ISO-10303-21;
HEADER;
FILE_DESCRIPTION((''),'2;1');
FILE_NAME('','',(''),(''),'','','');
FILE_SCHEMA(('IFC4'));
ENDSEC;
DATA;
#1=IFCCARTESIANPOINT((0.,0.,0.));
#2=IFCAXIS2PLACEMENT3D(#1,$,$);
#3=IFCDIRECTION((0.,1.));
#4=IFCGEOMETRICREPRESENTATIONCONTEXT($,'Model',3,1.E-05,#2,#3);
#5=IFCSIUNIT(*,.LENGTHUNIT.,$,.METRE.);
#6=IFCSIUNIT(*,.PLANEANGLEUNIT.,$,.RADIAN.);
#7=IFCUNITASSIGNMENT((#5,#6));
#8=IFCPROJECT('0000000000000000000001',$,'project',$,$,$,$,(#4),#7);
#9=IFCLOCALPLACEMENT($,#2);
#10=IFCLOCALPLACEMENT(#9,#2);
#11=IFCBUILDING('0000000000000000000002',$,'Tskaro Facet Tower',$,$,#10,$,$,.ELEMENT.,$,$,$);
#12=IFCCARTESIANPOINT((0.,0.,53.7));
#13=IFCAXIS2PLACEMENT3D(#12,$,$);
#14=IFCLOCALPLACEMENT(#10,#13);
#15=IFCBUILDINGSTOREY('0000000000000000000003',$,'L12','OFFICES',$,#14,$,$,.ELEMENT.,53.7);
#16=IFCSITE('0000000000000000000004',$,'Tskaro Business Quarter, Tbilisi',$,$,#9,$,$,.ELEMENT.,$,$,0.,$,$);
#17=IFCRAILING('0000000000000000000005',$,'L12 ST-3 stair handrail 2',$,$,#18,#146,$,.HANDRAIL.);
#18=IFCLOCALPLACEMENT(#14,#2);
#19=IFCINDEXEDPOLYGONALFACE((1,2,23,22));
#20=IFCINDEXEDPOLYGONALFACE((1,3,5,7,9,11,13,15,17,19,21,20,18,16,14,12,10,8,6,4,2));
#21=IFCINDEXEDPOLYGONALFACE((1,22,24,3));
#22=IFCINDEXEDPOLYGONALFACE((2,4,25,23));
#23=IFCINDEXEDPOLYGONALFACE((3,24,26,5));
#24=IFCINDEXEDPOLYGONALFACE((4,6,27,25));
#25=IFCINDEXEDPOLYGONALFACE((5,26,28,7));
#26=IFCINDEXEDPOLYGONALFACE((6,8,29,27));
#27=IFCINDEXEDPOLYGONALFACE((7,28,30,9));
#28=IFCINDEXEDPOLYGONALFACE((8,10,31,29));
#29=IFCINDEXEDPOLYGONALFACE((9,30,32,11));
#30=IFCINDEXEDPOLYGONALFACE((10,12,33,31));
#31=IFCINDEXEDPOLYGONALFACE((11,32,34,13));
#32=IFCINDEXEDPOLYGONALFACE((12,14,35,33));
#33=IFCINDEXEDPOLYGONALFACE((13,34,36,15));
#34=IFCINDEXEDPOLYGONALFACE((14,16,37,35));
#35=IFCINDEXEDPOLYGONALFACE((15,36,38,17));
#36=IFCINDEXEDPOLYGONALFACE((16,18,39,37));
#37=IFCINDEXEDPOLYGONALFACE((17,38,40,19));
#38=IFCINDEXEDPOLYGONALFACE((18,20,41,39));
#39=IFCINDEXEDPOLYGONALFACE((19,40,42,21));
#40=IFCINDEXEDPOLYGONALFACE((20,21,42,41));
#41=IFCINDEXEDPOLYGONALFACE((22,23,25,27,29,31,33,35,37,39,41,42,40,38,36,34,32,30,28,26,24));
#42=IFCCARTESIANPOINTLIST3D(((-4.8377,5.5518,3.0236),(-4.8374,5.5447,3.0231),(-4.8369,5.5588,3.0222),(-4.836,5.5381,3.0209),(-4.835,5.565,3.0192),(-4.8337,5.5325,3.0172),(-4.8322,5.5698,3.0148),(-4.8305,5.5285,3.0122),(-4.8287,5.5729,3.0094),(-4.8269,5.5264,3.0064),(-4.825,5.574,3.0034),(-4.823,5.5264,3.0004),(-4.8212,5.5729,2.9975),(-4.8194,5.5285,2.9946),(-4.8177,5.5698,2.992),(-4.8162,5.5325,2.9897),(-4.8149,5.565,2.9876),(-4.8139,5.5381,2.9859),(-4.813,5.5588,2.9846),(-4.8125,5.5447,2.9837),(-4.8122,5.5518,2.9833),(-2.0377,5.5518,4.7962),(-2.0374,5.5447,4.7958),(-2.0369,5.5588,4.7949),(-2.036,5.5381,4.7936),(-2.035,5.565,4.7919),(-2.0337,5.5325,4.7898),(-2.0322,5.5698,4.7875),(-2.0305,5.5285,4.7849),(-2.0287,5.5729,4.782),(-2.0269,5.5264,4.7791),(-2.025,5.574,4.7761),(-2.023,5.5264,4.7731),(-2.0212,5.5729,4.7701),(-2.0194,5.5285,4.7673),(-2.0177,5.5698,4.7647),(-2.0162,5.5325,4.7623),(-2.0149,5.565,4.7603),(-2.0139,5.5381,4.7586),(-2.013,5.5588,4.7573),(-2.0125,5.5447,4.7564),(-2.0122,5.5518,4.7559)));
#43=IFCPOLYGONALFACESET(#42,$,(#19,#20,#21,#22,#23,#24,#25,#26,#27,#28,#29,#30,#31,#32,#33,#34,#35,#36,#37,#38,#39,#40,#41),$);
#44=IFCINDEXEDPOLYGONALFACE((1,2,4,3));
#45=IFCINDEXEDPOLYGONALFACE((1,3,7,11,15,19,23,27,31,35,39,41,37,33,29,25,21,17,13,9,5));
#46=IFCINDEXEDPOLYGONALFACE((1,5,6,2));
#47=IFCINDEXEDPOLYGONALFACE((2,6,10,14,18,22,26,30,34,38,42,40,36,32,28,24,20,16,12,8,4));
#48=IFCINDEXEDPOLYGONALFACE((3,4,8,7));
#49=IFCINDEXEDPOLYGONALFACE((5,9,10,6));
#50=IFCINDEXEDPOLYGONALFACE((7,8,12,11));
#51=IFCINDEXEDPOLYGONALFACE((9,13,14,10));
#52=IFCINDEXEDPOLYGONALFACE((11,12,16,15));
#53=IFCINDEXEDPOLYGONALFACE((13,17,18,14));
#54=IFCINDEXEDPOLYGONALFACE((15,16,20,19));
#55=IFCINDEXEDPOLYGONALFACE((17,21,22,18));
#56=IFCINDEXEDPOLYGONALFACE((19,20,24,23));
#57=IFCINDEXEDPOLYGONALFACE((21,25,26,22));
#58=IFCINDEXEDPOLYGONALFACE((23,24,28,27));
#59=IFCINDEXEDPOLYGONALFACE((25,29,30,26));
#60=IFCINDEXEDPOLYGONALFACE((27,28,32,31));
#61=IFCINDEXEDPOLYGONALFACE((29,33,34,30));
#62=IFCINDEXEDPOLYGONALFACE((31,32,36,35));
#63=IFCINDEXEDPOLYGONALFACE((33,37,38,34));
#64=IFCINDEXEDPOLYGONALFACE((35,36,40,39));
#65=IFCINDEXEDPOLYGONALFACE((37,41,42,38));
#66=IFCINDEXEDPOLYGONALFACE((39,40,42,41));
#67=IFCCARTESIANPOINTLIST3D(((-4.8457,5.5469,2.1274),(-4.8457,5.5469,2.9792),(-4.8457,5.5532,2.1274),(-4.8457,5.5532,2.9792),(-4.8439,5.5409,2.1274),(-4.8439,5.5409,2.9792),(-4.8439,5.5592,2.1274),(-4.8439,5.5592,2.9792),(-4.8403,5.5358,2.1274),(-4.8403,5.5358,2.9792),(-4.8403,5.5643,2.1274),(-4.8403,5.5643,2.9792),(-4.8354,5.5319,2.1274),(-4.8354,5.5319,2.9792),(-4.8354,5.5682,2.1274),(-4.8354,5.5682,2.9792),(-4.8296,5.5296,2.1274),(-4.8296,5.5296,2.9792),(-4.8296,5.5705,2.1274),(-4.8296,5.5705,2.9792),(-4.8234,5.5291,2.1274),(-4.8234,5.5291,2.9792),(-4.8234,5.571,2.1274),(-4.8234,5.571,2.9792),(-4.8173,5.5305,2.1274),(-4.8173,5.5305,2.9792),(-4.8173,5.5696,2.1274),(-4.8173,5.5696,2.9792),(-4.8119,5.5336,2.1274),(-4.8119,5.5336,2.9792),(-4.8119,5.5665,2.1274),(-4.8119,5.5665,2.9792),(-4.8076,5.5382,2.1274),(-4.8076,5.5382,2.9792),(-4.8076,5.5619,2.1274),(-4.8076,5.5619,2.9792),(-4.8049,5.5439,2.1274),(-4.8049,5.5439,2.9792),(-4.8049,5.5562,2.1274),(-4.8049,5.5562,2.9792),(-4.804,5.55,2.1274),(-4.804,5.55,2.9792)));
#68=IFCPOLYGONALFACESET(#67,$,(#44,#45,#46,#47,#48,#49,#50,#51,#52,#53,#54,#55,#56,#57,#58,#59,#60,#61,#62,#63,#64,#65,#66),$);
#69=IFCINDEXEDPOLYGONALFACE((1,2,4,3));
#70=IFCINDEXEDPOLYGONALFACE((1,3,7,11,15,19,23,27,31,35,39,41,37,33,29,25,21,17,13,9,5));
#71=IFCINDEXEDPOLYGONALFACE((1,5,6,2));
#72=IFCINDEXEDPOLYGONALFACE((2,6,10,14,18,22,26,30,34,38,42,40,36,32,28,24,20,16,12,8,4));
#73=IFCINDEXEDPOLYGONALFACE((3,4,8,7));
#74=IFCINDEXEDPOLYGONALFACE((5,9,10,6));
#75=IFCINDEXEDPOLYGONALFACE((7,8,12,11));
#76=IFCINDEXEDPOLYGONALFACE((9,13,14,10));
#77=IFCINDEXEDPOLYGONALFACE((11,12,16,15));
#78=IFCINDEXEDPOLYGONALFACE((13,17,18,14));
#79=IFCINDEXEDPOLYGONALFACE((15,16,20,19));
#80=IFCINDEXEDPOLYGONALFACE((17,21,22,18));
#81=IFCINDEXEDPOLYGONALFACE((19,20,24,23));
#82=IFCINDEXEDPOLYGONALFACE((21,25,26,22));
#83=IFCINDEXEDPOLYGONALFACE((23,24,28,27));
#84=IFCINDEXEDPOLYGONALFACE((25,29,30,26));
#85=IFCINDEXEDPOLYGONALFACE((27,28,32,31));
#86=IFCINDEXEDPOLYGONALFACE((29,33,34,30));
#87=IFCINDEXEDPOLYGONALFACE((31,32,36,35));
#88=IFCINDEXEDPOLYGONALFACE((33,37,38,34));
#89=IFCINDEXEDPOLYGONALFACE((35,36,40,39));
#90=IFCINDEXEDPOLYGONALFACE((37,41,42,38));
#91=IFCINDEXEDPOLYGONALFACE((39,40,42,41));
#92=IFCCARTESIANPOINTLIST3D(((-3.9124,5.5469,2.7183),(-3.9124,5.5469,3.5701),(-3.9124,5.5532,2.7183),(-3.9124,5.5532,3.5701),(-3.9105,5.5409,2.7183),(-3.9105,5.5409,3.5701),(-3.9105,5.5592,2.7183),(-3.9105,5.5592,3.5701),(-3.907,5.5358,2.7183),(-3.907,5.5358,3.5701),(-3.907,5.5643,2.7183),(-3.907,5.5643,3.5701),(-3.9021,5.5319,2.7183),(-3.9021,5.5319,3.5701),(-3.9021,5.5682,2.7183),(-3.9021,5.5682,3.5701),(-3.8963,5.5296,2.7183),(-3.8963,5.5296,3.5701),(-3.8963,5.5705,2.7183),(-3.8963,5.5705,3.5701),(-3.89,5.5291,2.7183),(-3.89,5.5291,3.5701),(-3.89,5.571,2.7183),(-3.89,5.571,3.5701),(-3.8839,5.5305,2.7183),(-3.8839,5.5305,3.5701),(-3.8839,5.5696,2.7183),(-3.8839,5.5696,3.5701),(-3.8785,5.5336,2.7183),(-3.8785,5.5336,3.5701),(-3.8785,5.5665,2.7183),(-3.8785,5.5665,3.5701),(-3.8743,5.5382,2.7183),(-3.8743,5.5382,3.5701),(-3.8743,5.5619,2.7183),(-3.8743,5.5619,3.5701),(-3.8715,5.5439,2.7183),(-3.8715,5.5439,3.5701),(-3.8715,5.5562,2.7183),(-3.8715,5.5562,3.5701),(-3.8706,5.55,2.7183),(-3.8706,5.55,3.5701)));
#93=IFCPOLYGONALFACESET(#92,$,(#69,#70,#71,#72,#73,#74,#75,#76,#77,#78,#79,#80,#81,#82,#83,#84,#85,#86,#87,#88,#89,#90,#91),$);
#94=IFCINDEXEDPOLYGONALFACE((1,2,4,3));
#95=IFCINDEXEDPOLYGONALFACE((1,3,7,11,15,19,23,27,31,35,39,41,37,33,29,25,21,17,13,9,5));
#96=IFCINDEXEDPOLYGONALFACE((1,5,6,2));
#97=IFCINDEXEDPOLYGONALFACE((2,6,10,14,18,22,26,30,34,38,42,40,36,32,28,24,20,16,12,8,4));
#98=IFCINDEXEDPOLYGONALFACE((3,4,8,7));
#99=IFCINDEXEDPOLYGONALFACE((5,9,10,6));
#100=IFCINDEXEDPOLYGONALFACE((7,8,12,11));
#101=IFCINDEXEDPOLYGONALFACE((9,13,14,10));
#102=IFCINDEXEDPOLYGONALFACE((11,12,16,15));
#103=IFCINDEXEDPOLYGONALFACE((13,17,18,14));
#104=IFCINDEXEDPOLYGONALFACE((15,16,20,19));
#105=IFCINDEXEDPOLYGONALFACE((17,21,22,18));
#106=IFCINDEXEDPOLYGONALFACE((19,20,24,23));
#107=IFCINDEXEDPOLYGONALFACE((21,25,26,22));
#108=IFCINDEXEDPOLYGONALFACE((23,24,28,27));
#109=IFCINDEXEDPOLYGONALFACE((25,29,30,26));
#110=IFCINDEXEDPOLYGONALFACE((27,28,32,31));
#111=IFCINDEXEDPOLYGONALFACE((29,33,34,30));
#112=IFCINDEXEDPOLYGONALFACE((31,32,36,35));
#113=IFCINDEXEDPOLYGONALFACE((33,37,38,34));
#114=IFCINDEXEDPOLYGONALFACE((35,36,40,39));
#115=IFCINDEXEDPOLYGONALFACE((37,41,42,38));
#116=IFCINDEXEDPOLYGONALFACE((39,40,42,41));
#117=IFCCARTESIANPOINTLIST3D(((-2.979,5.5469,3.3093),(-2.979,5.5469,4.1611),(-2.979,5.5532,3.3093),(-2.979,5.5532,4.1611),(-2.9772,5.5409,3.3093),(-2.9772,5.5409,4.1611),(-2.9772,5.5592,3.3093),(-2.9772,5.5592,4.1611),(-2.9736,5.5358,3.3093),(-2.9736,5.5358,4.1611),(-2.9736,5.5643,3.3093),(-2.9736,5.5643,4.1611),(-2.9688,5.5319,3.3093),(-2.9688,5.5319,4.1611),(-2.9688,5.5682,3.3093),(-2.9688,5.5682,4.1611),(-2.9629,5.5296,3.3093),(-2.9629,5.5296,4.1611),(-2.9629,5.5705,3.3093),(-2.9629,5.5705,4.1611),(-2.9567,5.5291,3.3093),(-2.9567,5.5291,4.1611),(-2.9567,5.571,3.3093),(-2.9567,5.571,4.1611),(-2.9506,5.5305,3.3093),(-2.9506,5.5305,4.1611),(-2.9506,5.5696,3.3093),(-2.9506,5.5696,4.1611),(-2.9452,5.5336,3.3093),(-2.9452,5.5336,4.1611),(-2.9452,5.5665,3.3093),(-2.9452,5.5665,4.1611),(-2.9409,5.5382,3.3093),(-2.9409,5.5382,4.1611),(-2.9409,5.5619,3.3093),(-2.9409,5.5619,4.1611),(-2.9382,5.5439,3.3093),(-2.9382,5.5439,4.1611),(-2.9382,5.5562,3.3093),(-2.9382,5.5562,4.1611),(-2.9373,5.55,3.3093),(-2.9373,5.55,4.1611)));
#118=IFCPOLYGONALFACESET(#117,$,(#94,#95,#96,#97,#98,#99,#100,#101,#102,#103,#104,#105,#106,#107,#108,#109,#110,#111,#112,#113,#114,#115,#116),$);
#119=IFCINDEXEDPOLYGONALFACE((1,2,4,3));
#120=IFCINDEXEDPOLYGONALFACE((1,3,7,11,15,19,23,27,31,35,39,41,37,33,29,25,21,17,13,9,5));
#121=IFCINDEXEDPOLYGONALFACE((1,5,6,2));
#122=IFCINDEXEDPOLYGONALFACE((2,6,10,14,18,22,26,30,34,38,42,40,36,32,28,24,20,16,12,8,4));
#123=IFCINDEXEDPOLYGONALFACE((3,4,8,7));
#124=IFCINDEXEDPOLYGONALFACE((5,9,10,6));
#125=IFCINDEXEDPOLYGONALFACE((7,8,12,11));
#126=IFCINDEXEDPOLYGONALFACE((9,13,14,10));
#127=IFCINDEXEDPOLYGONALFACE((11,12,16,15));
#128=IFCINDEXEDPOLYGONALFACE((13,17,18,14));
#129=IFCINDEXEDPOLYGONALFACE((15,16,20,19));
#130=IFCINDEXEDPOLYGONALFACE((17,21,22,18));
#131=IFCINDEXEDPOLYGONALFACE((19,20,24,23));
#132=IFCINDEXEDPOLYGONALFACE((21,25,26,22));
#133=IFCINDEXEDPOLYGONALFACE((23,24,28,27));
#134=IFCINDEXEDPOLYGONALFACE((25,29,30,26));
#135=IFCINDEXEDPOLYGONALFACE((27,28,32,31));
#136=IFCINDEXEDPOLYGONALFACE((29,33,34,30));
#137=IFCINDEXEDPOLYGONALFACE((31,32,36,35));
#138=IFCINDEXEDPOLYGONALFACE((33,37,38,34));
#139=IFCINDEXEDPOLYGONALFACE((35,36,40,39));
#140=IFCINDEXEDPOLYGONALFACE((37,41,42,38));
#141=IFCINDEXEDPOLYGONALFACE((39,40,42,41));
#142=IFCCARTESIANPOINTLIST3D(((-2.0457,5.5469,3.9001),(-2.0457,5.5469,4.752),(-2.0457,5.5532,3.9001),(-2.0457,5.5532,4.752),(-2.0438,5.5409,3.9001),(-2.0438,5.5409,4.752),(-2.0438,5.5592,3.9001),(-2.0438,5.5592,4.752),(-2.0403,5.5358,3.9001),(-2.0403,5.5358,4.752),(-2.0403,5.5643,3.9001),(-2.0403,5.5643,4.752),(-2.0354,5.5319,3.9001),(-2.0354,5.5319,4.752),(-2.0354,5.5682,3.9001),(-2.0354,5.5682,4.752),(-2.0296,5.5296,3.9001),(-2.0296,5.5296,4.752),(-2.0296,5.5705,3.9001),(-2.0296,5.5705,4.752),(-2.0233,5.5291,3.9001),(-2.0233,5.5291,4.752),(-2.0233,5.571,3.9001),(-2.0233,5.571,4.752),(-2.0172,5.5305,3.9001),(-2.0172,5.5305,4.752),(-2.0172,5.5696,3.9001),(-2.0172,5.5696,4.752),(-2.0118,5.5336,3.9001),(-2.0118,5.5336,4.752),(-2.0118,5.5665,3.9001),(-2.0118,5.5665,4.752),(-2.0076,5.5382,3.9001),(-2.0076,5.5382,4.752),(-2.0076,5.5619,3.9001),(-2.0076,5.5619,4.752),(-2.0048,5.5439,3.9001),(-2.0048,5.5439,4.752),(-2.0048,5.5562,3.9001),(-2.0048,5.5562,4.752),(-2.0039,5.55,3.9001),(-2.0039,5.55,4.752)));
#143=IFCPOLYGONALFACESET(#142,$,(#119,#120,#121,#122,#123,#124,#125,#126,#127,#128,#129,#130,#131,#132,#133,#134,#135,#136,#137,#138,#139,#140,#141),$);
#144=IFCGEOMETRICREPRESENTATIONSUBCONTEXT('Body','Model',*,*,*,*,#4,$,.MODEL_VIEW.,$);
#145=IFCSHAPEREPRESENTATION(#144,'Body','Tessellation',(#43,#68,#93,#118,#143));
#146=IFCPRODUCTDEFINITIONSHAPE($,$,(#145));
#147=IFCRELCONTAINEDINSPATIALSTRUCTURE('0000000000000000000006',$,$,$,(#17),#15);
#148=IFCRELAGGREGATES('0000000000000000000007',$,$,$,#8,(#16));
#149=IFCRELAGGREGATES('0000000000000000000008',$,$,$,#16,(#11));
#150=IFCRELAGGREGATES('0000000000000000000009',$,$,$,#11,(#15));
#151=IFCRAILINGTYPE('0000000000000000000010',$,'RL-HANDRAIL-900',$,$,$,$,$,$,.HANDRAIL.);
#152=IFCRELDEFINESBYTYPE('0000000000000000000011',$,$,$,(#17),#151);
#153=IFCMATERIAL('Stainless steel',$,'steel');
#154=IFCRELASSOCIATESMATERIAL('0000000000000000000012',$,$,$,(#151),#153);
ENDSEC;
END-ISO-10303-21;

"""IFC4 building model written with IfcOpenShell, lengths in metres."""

from ifc_helpers import new_model, si_unit, direction, frame, origin, origin_2d, place, context, subcontext, project, spatial, circle, extrude, material, type_object, element, save


model = new_model("IFC4")

# Units and contexts
model_context = context("Model", 3, precision=1e-05, world=origin(), true_north=direction((0.0, 1.0)))
body_context = subcontext(model_context, "Body", "Model", "MODEL_VIEW")
ifc_project = project(units=[si_unit("LENGTHUNIT", "METRE"), si_unit("PLANEANGLEUNIT", "RADIAN")], contexts=[model_context])

# Site, building, storey
site_placement = place(None, origin())
site = spatial("IfcSite", under=ifc_project, at=site_placement, Name="Tskaro Business Quarter, Tbilisi", CompositionType="ELEMENT", RefElevation=0.0)
building_placement = place(site_placement, origin())
building = spatial("IfcBuilding", under=site, at=building_placement, Name="Tskaro Facet Tower", CompositionType="ELEMENT")
storey_placement = place(building_placement, frame((0.0, 0.0, 53.7)))
storey = spatial("IfcBuildingStorey", under=building, at=storey_placement, Name="L12", Description="OFFICES", CompositionType="ELEMENT", Elevation=53.7)

# Railing
ifc_material_1 = material(Name="Stainless steel", Category="steel")
railing_type_1 = type_object("IfcRailingType", Name="RL-HANDRAIL-900", PredefinedType="HANDRAIL", material=ifc_material_1)
railing_1_placement = place(storey_placement, frame((-4.825, 5.55, 2.1274)))
element("IfcRailing", 1, at=railing_1_placement, inside=storey, type_object=railing_type_1, Name="L12 ST-3 stair handrail 2", PredefinedType="HANDRAIL", context=body_context, shape_type="SweptSolid", body=[
    extrude(circle(Radius=0.0239, at=origin_2d()), frame((0.0, 0.0, 0.876), z_axis=(0.844909, 0.0, 0.53491), x_axis=(0.0, 1.0, 0.0)), (0.0, 0.0, 1.0), 3.314),
    extrude(circle(Radius=0.021, at=origin_2d()), origin(), (0.0, 0.0, 1.0), 0.8518),
    extrude(circle(Radius=0.021, at=origin_2d()), frame((0.9333, 0.0, 0.5908)), (0.0, 0.0, 1.0), 0.8518),
    extrude(circle(Radius=0.021, at=origin_2d()), frame((1.8667, 0.0, 1.1819)), (0.0, 0.0, 1.0), 0.8518),
    extrude(circle(Radius=0.021, at=origin_2d()), frame((2.8, 0.0, 1.7727)), (0.0, 0.0, 1.0), 0.8518),
])

save(model, "model.ifc")
